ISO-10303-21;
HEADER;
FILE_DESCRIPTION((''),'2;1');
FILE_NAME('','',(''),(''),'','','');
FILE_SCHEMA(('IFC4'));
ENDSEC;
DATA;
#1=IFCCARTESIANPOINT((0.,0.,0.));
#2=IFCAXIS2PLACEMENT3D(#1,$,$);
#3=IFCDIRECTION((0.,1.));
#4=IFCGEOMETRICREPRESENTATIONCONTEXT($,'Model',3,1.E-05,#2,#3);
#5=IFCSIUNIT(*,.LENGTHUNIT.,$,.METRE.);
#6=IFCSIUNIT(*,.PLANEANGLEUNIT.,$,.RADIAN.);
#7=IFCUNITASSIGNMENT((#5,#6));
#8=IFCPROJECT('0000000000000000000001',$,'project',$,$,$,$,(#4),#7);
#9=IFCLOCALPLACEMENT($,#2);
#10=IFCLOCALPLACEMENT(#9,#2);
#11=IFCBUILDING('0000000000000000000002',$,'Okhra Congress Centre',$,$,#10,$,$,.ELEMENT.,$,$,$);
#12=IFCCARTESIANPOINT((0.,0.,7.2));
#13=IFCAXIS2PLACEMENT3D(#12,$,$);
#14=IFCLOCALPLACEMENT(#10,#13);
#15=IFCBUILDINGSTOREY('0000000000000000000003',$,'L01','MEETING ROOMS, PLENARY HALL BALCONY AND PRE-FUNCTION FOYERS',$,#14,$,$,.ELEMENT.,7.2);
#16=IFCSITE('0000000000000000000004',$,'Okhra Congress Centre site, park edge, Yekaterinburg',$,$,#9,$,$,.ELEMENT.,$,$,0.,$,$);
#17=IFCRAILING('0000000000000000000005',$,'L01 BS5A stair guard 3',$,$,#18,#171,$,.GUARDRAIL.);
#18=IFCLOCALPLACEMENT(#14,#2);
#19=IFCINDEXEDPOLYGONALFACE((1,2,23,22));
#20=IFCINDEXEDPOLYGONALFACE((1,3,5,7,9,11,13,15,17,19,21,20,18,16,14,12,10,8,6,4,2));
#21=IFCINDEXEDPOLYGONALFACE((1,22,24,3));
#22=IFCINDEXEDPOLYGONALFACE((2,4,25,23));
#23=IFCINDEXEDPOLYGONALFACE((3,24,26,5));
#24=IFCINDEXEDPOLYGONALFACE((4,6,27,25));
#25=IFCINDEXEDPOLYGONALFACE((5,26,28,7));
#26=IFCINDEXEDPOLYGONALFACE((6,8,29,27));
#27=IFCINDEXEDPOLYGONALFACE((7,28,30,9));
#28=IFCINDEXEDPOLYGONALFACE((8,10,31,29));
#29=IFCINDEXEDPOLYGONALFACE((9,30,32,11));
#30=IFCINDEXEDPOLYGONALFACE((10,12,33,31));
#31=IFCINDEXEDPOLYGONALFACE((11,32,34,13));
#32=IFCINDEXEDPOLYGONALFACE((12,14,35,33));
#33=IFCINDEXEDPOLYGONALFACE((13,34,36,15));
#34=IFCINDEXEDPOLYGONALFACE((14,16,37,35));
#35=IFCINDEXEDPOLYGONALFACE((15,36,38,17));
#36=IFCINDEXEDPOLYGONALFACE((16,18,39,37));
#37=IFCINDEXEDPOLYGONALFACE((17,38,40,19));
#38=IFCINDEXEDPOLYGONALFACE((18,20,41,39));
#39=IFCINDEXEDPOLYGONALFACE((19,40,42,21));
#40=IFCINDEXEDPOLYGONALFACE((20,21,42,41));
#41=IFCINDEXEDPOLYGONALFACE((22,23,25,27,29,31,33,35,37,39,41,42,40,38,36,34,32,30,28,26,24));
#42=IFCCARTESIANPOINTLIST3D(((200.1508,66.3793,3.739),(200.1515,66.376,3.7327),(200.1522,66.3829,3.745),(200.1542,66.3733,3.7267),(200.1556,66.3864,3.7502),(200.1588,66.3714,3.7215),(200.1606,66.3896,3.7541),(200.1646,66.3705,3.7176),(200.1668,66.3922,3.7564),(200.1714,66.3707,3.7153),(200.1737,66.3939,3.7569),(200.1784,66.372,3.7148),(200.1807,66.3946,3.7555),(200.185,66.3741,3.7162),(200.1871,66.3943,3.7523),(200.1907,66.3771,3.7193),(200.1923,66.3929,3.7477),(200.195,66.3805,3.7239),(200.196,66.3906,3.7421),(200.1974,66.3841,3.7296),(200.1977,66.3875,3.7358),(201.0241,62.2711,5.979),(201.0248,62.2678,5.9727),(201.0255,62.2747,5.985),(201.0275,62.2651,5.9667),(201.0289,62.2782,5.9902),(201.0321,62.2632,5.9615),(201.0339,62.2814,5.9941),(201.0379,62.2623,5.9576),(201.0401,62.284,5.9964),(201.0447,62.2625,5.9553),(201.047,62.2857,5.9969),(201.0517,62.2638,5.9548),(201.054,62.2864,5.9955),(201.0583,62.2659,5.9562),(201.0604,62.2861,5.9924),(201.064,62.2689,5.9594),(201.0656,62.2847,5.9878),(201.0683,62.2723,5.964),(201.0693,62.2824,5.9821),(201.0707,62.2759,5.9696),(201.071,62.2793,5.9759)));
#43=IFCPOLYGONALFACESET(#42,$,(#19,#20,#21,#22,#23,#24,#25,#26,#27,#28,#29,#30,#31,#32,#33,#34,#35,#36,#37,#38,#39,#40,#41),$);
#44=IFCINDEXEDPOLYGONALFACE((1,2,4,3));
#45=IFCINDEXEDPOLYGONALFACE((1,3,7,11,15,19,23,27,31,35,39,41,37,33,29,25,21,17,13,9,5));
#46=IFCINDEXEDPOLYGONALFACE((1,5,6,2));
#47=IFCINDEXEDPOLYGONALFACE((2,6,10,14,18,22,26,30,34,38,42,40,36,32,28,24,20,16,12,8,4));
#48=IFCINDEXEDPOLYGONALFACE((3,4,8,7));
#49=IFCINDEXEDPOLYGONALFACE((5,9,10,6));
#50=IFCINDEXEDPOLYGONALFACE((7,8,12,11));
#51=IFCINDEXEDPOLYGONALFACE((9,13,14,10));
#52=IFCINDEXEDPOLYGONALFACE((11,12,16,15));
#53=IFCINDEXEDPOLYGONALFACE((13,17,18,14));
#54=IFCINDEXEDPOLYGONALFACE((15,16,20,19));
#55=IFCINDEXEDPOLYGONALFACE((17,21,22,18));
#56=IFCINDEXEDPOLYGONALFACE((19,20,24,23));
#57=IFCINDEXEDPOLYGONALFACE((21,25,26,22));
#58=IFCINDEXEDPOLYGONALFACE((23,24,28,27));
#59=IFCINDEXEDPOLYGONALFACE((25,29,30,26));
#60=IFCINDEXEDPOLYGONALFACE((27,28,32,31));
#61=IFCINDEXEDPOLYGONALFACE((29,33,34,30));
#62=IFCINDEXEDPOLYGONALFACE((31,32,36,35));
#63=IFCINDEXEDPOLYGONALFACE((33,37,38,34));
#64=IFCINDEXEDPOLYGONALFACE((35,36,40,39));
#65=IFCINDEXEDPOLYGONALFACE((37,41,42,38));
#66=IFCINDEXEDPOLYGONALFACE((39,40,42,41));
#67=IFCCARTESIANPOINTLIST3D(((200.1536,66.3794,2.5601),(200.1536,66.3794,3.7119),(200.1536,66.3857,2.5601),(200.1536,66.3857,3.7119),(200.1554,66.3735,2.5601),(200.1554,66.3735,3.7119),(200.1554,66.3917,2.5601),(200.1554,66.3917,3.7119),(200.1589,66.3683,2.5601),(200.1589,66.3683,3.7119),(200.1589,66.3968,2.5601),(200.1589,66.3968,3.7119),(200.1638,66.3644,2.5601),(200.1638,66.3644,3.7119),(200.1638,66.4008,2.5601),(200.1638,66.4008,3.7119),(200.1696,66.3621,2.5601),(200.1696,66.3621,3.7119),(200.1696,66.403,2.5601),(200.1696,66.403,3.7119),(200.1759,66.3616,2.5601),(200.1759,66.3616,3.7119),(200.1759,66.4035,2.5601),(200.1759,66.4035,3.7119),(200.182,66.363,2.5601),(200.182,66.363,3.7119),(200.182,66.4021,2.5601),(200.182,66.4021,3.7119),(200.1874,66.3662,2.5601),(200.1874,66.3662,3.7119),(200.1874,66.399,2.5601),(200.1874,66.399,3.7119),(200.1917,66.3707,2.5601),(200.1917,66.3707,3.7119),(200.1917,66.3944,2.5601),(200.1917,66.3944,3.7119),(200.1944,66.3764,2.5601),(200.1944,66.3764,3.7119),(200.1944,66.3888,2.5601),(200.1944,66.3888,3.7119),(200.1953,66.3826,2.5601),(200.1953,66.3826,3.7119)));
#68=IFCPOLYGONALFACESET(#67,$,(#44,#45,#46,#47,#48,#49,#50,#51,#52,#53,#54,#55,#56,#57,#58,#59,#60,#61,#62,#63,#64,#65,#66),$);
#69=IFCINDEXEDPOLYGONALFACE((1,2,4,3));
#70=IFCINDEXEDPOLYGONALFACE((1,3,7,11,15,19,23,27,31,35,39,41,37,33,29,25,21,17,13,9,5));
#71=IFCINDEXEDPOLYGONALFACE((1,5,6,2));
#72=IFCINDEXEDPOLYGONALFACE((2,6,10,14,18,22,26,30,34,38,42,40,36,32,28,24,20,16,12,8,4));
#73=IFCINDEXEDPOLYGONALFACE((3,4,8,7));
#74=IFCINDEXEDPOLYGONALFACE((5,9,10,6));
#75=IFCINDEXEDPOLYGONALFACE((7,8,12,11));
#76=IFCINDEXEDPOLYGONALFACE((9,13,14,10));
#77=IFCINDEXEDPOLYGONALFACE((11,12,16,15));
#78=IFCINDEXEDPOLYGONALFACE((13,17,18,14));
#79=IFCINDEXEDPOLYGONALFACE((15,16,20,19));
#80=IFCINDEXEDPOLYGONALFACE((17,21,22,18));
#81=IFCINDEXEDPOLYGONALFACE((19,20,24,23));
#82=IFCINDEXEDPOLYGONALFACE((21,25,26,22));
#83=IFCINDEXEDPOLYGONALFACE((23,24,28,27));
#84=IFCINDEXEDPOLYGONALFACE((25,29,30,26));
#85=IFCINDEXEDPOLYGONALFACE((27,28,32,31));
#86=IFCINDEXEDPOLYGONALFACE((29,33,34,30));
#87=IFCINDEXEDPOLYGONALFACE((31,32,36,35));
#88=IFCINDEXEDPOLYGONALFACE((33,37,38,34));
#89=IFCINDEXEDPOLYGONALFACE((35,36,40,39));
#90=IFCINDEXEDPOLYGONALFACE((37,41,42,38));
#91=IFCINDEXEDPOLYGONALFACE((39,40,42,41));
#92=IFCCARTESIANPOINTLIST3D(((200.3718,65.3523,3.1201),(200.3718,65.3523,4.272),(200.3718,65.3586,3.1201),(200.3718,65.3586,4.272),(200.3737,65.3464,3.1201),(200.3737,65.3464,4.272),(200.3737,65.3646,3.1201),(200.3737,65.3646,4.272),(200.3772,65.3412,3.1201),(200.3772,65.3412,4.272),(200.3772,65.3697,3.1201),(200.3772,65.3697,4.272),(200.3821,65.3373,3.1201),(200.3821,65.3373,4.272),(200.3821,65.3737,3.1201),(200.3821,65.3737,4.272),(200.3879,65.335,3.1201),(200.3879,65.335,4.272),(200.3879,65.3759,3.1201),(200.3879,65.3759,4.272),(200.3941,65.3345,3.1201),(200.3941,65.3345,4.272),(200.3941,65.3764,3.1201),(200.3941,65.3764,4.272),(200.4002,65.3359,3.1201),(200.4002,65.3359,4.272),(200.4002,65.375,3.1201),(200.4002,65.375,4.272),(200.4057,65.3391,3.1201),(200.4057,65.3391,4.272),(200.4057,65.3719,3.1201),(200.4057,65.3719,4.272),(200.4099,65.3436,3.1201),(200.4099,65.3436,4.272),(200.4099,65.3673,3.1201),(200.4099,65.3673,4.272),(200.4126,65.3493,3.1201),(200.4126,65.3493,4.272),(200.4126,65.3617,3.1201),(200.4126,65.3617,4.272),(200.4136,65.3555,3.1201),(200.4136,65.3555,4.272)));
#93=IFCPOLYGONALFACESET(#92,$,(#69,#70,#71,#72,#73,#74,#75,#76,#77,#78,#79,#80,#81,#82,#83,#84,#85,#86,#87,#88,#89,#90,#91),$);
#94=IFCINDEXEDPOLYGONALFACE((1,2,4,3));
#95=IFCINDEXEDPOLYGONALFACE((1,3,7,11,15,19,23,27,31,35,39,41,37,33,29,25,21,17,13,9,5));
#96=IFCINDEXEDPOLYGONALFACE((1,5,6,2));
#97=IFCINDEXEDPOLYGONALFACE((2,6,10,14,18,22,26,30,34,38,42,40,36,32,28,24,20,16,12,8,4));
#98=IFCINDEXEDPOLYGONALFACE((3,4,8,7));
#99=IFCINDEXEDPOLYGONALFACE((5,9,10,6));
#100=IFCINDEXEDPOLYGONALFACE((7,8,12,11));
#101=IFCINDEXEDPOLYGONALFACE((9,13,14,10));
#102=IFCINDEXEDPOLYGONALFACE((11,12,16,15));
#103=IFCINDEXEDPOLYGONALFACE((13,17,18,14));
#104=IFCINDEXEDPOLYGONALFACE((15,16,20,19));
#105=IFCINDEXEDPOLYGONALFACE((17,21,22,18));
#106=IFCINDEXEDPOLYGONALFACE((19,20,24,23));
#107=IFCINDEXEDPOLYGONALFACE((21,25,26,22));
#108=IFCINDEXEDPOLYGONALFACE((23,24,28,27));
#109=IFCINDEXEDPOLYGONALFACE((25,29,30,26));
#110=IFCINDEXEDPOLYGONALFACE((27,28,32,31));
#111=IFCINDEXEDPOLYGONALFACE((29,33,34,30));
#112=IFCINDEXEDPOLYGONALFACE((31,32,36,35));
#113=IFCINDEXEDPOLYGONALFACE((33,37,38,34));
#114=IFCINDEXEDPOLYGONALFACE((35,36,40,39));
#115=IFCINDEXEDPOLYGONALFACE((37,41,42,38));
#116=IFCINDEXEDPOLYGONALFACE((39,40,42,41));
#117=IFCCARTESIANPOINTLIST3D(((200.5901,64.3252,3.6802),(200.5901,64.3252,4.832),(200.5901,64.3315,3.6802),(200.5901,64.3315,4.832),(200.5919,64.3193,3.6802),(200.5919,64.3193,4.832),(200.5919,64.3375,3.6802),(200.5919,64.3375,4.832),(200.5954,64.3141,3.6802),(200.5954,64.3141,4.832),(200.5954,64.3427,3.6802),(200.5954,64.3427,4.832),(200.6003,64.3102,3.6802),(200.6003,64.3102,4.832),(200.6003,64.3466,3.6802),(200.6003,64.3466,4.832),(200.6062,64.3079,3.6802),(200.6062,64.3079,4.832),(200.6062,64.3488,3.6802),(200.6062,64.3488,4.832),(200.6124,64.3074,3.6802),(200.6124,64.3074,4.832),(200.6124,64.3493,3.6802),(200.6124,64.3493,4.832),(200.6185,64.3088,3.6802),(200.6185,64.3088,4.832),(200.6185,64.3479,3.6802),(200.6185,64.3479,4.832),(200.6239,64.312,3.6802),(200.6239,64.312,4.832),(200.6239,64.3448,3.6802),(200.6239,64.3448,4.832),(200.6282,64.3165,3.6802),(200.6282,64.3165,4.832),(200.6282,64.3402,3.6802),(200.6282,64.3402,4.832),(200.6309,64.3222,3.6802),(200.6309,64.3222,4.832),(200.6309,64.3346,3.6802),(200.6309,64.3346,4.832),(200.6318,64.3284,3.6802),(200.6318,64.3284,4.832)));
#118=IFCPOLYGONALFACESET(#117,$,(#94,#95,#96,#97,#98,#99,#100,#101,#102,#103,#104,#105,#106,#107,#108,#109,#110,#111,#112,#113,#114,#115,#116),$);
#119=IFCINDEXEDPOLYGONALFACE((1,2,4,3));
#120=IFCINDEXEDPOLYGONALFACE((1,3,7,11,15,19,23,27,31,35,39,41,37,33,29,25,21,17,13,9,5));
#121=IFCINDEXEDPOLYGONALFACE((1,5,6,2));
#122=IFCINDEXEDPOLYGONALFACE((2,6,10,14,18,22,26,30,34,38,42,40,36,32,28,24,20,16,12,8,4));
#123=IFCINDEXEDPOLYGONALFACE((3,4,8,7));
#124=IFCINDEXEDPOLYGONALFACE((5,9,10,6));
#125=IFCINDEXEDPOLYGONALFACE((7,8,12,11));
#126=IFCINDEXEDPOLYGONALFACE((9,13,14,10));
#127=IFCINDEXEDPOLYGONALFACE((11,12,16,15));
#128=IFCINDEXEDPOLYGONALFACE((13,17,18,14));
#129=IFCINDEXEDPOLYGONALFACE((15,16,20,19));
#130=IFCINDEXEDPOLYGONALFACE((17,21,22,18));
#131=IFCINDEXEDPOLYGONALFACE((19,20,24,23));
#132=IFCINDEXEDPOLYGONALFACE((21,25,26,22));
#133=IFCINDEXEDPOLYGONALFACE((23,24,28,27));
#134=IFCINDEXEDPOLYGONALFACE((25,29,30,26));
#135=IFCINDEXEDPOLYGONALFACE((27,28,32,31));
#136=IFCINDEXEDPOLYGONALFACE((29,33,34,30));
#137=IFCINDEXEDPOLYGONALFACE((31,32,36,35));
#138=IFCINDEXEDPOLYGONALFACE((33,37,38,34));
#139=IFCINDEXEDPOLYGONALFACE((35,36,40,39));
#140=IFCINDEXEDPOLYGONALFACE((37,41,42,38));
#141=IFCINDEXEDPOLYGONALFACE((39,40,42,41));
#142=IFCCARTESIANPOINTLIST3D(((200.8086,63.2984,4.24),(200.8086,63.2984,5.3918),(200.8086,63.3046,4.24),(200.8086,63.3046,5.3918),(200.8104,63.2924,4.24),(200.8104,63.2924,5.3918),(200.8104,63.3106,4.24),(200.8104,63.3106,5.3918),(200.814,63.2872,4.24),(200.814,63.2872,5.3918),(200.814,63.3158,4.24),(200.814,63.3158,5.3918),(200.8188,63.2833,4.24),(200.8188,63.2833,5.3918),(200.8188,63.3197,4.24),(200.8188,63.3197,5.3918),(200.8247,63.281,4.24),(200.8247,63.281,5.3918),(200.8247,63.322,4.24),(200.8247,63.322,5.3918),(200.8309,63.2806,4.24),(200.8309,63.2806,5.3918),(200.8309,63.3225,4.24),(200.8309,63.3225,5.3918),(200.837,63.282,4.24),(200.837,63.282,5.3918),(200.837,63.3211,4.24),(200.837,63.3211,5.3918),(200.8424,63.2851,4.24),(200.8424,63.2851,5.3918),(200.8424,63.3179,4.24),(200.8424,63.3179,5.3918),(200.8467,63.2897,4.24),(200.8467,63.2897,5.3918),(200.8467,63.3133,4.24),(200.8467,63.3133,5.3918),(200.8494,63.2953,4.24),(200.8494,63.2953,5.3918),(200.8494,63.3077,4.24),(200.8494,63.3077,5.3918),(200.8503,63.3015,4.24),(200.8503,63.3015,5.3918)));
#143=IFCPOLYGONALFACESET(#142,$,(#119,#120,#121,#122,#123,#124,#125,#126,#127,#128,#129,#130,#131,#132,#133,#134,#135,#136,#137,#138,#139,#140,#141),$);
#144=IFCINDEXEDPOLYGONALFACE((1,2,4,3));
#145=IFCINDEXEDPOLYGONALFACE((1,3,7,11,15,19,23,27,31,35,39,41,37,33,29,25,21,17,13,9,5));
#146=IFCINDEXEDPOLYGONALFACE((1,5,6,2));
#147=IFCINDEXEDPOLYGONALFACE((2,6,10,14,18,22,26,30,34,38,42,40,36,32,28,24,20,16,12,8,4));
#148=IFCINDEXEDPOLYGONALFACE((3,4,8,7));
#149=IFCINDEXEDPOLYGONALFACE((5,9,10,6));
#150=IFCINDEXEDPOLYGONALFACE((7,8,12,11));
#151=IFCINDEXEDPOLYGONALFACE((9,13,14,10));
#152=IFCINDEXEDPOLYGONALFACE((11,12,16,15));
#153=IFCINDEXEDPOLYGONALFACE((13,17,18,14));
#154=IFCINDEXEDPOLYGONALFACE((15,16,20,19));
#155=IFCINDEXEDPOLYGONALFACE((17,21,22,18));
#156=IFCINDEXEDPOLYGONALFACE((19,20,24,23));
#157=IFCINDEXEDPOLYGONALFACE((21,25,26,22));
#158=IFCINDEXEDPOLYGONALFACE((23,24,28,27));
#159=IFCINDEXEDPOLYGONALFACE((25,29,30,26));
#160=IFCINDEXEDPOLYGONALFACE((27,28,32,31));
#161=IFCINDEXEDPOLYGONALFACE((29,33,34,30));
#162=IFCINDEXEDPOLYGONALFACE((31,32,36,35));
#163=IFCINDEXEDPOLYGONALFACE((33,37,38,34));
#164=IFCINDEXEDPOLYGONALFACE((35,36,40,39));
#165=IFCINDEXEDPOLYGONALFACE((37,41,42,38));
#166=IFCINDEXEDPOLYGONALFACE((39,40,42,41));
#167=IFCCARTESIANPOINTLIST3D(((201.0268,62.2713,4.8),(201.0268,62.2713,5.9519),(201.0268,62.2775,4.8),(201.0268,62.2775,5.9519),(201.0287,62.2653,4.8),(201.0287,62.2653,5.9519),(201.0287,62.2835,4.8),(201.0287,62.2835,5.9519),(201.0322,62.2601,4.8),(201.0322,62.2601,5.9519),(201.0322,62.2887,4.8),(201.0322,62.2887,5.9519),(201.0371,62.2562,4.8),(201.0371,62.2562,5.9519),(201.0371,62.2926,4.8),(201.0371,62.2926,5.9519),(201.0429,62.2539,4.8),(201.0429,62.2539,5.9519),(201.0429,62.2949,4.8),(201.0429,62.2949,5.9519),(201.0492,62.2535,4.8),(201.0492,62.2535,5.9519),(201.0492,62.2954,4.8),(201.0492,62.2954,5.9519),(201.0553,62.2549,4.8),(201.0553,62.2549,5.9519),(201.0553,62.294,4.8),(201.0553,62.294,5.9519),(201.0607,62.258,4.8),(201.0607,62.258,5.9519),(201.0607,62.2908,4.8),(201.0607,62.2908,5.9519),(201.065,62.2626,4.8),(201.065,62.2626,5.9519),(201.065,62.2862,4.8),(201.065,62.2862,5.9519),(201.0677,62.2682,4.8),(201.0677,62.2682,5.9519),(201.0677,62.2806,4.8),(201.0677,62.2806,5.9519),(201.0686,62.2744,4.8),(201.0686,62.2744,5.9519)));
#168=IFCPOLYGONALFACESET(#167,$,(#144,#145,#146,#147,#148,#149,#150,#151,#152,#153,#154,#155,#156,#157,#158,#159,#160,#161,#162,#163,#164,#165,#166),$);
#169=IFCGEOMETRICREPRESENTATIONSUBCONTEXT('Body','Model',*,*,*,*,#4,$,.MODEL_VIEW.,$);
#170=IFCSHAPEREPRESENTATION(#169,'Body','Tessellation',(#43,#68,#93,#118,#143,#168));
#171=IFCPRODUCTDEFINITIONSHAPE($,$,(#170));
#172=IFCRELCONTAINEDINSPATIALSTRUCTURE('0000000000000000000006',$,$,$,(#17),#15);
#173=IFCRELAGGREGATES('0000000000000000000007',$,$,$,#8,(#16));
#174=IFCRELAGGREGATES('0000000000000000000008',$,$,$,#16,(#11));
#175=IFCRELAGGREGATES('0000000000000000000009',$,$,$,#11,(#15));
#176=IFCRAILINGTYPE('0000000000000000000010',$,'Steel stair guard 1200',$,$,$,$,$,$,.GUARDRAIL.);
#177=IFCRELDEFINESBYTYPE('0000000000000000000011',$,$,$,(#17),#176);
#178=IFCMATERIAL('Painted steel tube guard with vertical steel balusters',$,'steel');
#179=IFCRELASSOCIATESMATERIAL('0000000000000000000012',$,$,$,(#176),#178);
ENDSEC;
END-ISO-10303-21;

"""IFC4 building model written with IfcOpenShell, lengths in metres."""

from ifc_helpers import new_model, si_unit, direction, frame, origin, origin_2d, place, context, subcontext, project, spatial, circle, extrude, material, type_object, element, save


model = new_model("IFC4")

# Units and contexts
model_context = context("Model", 3, precision=1e-05, world=origin(), true_north=direction((0.0, 1.0)))
body_context = subcontext(model_context, "Body", "Model", "MODEL_VIEW")
ifc_project = project(units=[si_unit("LENGTHUNIT", "METRE"), si_unit("PLANEANGLEUNIT", "RADIAN")], contexts=[model_context])

# Site, building, storey
site_placement = place(None, origin())
site = spatial("IfcSite", under=ifc_project, at=site_placement, Name="Okhra Congress Centre site, park edge, Yekaterinburg", CompositionType="ELEMENT", RefElevation=0.0)
building_placement = place(site_placement, origin())
building = spatial("IfcBuilding", under=site, at=building_placement, Name="Okhra Congress Centre", CompositionType="ELEMENT")
storey_placement = place(building_placement, frame((0.0, 0.0, 7.2)))
storey = spatial("IfcBuildingStorey", under=building, at=storey_placement, Name="L01", Description="MEETING ROOMS, PLENARY HALL BALCONY AND PRE-FUNCTION FOYERS", CompositionType="ELEMENT", Elevation=7.2)

# Railing
ifc_material_1 = material(Name="Painted steel tube guard with vertical steel balusters", Category="steel")
railing_type_1 = type_object("IfcRailingType", Name="Steel stair guard 1200", PredefinedType="GUARDRAIL", material=ifc_material_1)
railing_1_placement = place(storey_placement, frame((200.1743, 66.3826, 2.5601)))
element("IfcRailing", 1, at=railing_1_placement, inside=storey, type_object=railing_type_1, Name="L01 BS5A stair guard 3", PredefinedType="GUARDRAIL", context=body_context, shape_type="SweptSolid", body=[
    extrude(circle(Radius=0.0239, at=origin_2d()), frame((0.0, 0.0, 1.1758), z_axis=(0.183466, -0.863067, 0.470591), x_axis=(0.978144, 0.207929, 0.0)), (0.0, 0.0, 1.0), 4.76),
    extrude(circle(Radius=0.021, at=origin_2d()), origin(), (0.0, 0.0, 1.0), 1.1519),
    extrude(circle(Radius=0.021, at=origin_2d()), frame((0.2183, -1.0271, 0.5601)), (0.0, 0.0, 1.0), 1.1519),
    extrude(circle(Radius=0.021, at=origin_2d()), frame((0.4365, -2.0542, 1.1201)), (0.0, 0.0, 1.0), 1.1519),
    extrude(circle(Radius=0.021, at=origin_2d()), frame((0.655, -3.0811, 1.6799)), (0.0, 0.0, 1.0), 1.1519),
    extrude(circle(Radius=0.021, at=origin_2d()), frame((0.8733, -4.1082, 2.24)), (0.0, 0.0, 1.0), 1.1519),
])

save(model, "model.ifc")
